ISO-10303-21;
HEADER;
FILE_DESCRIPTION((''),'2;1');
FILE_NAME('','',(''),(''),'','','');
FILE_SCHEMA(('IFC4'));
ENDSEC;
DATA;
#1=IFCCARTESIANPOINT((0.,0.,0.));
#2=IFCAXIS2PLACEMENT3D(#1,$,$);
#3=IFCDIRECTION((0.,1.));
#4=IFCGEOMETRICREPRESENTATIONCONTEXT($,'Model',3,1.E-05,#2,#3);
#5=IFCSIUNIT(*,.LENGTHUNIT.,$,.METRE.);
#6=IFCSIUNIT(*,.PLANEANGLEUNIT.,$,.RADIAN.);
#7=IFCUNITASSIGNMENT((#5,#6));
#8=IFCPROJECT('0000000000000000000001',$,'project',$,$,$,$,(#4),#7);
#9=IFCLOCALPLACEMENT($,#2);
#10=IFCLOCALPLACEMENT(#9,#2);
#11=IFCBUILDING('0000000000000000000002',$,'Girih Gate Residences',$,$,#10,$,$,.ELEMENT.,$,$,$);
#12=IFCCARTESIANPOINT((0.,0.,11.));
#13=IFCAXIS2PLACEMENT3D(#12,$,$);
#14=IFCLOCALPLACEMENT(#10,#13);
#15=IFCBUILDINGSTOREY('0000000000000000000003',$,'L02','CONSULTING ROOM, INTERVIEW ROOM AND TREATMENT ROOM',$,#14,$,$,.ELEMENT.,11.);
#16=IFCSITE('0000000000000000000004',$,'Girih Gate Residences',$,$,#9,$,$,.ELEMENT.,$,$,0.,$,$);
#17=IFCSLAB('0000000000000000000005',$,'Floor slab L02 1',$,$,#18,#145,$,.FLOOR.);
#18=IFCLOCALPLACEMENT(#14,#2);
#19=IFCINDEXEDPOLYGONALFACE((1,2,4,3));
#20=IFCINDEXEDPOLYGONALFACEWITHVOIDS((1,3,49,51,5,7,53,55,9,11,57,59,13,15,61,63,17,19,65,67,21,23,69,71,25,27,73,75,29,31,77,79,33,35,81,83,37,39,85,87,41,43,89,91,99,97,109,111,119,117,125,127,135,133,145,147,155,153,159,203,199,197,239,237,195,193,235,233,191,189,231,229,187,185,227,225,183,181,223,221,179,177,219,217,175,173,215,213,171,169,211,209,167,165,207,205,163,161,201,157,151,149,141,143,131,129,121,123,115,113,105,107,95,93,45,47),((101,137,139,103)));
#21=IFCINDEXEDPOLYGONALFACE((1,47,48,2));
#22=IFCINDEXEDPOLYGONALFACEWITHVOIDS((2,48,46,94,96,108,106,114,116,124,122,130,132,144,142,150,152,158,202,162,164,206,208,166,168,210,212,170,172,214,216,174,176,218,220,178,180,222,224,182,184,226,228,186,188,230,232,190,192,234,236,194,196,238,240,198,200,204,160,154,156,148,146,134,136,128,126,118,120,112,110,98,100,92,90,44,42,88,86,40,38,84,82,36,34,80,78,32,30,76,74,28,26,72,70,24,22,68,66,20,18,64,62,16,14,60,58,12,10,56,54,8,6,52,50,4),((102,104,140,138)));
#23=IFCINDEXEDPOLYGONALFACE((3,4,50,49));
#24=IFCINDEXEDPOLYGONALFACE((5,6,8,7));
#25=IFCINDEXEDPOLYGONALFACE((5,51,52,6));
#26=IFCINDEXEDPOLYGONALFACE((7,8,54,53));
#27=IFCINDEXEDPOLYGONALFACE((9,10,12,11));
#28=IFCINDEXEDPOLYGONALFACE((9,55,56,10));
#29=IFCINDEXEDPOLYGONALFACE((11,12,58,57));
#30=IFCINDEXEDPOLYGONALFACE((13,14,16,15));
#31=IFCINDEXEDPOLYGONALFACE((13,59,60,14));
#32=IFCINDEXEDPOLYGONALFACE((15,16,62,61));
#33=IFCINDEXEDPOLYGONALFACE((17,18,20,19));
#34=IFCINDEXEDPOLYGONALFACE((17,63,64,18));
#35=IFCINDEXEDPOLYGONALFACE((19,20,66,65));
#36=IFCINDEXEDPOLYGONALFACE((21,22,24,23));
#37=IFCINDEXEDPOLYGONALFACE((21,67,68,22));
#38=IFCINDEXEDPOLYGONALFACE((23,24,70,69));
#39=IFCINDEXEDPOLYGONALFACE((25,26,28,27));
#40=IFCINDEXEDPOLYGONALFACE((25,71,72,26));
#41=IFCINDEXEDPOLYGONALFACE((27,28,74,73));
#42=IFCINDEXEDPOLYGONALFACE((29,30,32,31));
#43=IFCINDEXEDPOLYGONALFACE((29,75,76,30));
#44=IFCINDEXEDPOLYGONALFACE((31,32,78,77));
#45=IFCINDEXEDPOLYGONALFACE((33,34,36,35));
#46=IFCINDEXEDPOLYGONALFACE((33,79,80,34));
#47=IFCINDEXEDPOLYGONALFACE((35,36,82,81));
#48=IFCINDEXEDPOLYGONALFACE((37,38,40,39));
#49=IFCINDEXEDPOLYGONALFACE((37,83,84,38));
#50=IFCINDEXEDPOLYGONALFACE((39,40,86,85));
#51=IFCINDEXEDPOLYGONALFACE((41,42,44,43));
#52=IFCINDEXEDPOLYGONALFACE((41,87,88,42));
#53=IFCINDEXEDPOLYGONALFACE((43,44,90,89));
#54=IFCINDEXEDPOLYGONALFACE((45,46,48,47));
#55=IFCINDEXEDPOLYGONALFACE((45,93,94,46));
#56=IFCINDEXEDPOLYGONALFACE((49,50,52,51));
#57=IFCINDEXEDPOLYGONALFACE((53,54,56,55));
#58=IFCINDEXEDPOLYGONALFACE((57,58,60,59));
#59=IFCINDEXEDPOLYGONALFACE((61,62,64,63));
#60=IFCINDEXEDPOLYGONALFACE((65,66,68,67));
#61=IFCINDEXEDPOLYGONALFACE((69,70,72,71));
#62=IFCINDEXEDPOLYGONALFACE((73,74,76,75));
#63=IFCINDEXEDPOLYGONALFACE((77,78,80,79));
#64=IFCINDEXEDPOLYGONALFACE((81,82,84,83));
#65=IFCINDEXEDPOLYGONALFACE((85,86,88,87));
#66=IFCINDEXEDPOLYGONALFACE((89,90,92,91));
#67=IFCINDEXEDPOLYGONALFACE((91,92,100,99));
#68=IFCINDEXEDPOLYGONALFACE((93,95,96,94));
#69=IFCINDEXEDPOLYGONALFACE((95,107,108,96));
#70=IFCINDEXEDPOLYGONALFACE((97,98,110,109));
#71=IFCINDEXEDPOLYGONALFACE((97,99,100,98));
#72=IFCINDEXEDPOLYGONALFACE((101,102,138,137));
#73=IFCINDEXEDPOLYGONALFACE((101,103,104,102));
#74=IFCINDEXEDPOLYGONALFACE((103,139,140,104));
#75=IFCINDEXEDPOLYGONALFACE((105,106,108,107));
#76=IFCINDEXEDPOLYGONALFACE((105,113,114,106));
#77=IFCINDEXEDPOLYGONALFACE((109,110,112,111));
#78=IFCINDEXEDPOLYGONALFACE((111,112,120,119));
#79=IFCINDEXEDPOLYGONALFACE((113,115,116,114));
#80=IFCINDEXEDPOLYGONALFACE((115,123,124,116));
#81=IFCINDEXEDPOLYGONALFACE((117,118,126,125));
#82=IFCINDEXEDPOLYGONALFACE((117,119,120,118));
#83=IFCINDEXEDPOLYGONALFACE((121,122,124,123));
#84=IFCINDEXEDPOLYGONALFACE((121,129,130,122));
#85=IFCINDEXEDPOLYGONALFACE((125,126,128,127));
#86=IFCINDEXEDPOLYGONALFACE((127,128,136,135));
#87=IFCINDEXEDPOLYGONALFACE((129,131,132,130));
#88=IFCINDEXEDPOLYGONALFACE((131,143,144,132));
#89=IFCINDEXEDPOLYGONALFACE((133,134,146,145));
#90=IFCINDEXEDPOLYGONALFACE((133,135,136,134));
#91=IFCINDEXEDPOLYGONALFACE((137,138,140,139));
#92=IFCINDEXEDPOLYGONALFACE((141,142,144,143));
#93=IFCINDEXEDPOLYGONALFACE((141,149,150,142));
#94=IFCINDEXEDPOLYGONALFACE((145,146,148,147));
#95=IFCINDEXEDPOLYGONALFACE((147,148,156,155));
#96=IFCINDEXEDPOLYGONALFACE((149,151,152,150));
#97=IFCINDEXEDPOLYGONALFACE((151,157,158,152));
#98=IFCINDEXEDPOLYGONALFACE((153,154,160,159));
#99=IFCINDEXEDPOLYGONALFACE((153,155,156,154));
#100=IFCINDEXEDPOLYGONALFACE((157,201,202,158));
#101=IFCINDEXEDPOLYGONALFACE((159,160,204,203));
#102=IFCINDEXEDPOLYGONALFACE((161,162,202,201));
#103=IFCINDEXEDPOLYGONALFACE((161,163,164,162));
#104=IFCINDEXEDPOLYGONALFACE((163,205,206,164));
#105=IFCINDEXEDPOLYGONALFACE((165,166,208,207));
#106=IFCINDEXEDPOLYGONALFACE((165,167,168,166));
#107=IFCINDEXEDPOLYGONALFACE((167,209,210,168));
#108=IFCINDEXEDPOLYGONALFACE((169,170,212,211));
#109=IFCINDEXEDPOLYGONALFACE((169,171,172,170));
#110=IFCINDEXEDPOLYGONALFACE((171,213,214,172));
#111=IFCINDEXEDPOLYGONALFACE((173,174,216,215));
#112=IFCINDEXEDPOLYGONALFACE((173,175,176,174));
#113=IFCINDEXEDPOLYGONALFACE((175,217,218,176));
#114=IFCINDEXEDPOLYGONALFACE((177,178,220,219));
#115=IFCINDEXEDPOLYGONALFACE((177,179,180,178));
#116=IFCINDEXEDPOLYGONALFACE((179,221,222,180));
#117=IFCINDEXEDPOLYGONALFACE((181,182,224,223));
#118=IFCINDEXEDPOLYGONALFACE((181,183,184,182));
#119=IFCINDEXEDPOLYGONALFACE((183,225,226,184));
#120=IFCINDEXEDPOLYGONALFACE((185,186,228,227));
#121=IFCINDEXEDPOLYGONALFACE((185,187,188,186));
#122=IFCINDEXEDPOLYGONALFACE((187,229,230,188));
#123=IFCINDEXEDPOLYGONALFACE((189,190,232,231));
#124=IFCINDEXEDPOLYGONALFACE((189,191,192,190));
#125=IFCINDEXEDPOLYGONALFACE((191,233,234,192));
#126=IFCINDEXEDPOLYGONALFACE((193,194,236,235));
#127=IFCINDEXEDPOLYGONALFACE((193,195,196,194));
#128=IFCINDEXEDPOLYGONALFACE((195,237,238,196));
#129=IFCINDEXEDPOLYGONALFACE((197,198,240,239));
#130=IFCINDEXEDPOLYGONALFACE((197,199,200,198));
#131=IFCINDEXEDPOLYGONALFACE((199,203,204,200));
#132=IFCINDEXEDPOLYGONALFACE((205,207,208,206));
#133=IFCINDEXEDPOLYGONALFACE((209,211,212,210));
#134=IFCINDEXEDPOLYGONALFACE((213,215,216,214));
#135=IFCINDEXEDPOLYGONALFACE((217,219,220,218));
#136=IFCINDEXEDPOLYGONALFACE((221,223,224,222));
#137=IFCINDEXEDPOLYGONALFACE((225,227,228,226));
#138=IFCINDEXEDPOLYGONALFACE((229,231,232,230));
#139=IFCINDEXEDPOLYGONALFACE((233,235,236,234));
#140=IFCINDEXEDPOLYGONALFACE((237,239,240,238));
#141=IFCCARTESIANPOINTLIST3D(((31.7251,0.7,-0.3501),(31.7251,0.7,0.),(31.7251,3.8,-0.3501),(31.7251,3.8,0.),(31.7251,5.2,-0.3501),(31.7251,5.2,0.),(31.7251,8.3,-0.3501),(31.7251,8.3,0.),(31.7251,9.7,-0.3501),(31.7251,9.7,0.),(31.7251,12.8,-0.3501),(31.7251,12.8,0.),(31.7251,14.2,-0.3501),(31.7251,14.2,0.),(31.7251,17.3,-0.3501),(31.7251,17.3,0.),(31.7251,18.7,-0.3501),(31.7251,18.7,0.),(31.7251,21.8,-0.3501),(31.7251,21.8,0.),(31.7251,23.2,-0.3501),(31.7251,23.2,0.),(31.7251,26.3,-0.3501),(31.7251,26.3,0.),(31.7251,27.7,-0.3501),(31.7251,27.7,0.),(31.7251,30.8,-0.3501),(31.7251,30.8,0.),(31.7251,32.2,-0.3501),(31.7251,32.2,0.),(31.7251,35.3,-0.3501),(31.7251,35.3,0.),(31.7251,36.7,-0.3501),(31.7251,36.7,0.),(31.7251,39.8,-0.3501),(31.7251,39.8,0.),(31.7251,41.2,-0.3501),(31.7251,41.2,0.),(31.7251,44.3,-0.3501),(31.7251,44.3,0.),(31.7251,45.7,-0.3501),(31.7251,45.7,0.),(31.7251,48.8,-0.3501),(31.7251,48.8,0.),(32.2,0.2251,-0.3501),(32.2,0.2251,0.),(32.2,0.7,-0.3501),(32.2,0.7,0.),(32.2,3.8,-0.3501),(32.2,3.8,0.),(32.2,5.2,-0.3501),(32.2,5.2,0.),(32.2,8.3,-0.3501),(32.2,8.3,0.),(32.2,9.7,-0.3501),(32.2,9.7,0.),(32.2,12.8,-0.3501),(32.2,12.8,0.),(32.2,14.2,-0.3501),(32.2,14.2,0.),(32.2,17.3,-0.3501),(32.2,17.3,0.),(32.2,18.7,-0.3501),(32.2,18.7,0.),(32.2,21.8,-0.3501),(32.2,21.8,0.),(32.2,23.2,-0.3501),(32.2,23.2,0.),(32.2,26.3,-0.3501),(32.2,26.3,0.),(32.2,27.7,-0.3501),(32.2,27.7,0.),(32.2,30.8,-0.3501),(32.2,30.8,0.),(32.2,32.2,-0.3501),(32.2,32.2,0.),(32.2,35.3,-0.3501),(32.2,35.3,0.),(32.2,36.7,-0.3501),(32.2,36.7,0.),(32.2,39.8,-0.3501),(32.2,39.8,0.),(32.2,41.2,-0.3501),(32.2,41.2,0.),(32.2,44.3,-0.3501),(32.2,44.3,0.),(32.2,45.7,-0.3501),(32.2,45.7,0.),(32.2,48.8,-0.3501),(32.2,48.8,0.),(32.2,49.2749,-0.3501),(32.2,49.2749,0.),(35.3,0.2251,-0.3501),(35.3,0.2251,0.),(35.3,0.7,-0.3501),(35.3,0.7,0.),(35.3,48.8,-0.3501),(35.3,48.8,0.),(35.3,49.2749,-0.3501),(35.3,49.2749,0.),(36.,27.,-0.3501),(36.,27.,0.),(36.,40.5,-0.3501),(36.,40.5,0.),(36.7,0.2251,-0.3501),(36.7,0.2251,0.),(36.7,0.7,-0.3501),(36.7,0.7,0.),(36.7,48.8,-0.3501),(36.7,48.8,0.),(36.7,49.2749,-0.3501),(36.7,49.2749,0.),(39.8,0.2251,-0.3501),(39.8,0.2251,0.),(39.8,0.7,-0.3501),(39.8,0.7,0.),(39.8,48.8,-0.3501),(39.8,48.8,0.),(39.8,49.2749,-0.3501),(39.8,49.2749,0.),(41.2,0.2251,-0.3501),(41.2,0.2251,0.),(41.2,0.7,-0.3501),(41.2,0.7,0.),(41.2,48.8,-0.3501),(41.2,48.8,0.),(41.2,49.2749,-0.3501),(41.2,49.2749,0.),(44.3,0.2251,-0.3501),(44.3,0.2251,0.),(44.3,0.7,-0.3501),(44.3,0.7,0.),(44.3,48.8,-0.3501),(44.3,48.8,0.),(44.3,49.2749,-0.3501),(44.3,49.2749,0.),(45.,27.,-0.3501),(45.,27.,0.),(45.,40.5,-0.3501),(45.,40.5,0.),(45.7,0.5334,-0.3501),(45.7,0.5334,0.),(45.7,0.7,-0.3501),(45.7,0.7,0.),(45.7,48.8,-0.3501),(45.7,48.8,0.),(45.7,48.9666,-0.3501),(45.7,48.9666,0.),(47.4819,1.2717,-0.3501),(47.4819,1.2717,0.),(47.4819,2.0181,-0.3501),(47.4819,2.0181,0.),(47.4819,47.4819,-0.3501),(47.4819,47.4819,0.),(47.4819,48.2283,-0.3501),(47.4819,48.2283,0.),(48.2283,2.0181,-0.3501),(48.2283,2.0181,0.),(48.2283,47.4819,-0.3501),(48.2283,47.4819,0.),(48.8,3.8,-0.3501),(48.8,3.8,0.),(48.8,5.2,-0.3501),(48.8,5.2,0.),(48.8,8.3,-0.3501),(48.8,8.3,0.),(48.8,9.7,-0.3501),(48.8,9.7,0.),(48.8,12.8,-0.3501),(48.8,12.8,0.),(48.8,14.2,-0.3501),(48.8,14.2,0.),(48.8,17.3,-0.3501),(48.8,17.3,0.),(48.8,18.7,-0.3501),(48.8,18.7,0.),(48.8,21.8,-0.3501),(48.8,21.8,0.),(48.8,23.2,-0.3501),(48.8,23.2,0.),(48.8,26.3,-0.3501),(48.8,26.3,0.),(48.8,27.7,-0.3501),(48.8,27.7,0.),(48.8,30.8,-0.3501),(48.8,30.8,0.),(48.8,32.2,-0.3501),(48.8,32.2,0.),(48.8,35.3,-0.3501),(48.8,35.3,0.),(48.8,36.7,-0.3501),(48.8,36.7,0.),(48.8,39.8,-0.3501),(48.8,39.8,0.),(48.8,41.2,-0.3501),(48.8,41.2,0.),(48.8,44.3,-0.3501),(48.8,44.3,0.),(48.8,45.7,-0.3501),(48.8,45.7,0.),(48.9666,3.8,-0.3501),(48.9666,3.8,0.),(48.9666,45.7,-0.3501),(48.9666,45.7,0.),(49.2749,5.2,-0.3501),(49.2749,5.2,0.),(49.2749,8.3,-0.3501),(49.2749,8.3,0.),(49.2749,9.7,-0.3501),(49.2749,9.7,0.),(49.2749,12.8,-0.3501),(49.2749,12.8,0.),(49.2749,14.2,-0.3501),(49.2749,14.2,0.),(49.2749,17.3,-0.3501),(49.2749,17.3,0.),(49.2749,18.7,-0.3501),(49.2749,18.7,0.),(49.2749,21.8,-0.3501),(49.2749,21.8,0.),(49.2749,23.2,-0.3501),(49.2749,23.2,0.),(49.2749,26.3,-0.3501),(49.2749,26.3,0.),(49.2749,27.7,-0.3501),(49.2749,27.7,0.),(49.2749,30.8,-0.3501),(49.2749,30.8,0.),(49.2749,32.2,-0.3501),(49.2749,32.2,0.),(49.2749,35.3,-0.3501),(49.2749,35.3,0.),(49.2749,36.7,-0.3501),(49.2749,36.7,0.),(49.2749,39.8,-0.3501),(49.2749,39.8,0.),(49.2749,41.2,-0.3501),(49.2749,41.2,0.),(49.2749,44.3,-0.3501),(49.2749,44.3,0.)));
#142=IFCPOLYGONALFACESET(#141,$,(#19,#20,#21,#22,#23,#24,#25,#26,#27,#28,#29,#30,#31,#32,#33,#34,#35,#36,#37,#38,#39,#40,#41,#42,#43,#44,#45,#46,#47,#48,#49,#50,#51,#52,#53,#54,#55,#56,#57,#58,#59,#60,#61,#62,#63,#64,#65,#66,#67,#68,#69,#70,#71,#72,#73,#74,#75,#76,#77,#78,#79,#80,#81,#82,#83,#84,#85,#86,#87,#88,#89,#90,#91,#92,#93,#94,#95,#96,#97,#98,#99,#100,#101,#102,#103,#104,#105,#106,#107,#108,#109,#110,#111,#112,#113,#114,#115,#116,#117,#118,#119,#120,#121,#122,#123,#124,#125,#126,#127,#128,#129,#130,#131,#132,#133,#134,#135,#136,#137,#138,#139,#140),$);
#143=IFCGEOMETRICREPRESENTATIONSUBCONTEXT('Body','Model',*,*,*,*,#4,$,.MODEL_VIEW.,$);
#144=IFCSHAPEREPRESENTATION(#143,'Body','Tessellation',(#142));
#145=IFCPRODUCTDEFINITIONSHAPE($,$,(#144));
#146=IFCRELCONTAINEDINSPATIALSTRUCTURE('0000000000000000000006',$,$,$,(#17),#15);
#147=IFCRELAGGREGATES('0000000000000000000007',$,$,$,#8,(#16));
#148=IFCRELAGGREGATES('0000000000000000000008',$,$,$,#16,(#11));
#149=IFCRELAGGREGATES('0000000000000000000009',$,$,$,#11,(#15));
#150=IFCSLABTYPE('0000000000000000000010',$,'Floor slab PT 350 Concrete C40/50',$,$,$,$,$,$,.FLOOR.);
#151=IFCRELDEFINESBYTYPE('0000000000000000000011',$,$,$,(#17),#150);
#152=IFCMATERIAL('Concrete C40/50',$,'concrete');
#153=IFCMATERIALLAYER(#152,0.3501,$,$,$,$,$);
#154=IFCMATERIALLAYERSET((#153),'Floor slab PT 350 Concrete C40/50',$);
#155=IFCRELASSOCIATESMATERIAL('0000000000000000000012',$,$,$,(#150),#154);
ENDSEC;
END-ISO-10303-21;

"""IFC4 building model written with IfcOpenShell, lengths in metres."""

from ifc_helpers import new_model, si_unit, direction, frame, origin, place, context, subcontext, project, spatial, polyline, outline, extrude, material, layer, layer_set, type_object, element, save


model = new_model("IFC4")

# Units and contexts
model_context = context("Model", 3, precision=1e-05, world=origin(), true_north=direction((0.0, 1.0)))
body_context = subcontext(model_context, "Body", "Model", "MODEL_VIEW")
ifc_project = project(units=[si_unit("LENGTHUNIT", "METRE"), si_unit("PLANEANGLEUNIT", "RADIAN")], contexts=[model_context])

# Site, building, storey
site_placement = place(None, origin())
site = spatial("IfcSite", under=ifc_project, at=site_placement, Name="Girih Gate Residences", CompositionType="ELEMENT", RefElevation=0.0)
building_placement = place(site_placement, origin())
building = spatial("IfcBuilding", under=site, at=building_placement, Name="Girih Gate Residences", CompositionType="ELEMENT")
storey_placement = place(building_placement, frame((0.0, 0.0, 11.0)))
storey = spatial("IfcBuildingStorey", under=building, at=storey_placement, Name="L02", Description="CONSULTING ROOM, INTERVIEW ROOM AND TREATMENT ROOM", CompositionType="ELEMENT", Elevation=11.0)

# Slab
ifc_material_1 = material(Name="Concrete C40/50", Category="concrete")
ifc_layer_1 = layer(ifc_material_1, 0.3501)
ifc_layer_set_1 = layer_set([ifc_layer_1], Name="Floor slab PT 350 Concrete C40/50")
slab_type_1 = type_object("IfcSlabType", Name="Floor slab PT 350 Concrete C40/50", PredefinedType="FLOOR", material=ifc_layer_set_1)
slab_1_placement = place(storey_placement, frame((0.0, 0.0, -0.3501)))
element("IfcSlab", 1, at=slab_1_placement, inside=storey, type_object=slab_type_1, Name="Floor slab L02 1", PredefinedType="FLOOR", context=body_context, shape_type="SweptSolid", body=[
    extrude(outline(polyline([(35.3, 49.2749), (32.2, 49.2749), (32.2, 48.8), (31.7251, 48.8), (31.7251, 45.7), (32.2, 45.7), (32.2, 44.3), (31.7251, 44.3), (31.7251, 41.2), (32.2, 41.2), (32.2, 39.8), (31.7251, 39.8), (31.7251, 36.7), (32.2, 36.7), (32.2, 35.3), (31.7251, 35.3), (31.7251, 32.2), (32.2, 32.2), (32.2, 30.8), (31.7251, 30.8), (31.7251, 27.7), (32.2, 27.7), (32.2, 26.3), (31.7251, 26.3), (31.7251, 23.2), (32.2, 23.2), (32.2, 21.8), (31.7251, 21.8), (31.7251, 18.7), (32.2, 18.7), (32.2, 17.3), (31.7251, 17.3), (31.7251, 14.2), (32.2, 14.2), (32.2, 12.8), (31.7251, 12.8), (31.7251, 9.7), (32.2, 9.7), (32.2, 8.3), (31.7251, 8.3), (31.7251, 5.2), (32.2, 5.2), (32.2, 3.8), (31.7251, 3.8), (31.7251, 0.7), (32.2, 0.7), (32.2, 0.2251), (35.3, 0.2251), (35.3, 0.7), (36.7, 0.7), (36.7, 0.2251), (39.8, 0.2251), (39.8, 0.7), (41.2, 0.7), (41.2, 0.2251), (44.3, 0.2251), (44.3, 0.7), (45.7, 0.7), (45.7, 0.5334), (47.4819, 1.2717), (47.4819, 2.0181), (48.2283, 2.0181), (48.9666, 3.8), (48.8, 3.8), (48.8, 5.2), (49.2749, 5.2), (49.2749, 8.3), (48.8, 8.3), (48.8, 9.7), (49.2749, 9.7), (49.2749, 12.8), (48.8, 12.8), (48.8, 14.2), (49.2749, 14.2), (49.2749, 17.3), (48.8, 17.3), (48.8, 18.7), (49.2749, 18.7), (49.2749, 21.8), (48.8, 21.8), (48.8, 23.2), (49.2749, 23.2), (49.2749, 26.3), (48.8, 26.3), (48.8, 27.7), (49.2749, 27.7), (49.2749, 30.8), (48.8, 30.8), (48.8, 32.2), (49.2749, 32.2), (49.2749, 35.3), (48.8, 35.3), (48.8, 36.7), (49.2749, 36.7), (49.2749, 39.8), (48.8, 39.8), (48.8, 41.2), (49.2749, 41.2), (49.2749, 44.3), (48.8, 44.3), (48.8, 45.7), (48.9666, 45.7), (48.2283, 47.4819), (47.4819, 47.4819), (47.4819, 48.2283), (45.7, 48.9666), (45.7, 48.8), (44.3, 48.8), (44.3, 49.2749), (41.2, 49.2749), (41.2, 48.8), (39.8, 48.8), (39.8, 49.2749), (36.7, 49.2749), (36.7, 48.8), (35.3, 48.8), (35.3, 49.2749)]), holes=[polyline([(45.0, 40.5), (45.0, 27.0), (36.0, 27.0), (36.0, 40.5), (45.0, 40.5)])]), origin(), (0.0, 0.0, 1.0), 0.3501),
])

save(model, "model.ifc")
